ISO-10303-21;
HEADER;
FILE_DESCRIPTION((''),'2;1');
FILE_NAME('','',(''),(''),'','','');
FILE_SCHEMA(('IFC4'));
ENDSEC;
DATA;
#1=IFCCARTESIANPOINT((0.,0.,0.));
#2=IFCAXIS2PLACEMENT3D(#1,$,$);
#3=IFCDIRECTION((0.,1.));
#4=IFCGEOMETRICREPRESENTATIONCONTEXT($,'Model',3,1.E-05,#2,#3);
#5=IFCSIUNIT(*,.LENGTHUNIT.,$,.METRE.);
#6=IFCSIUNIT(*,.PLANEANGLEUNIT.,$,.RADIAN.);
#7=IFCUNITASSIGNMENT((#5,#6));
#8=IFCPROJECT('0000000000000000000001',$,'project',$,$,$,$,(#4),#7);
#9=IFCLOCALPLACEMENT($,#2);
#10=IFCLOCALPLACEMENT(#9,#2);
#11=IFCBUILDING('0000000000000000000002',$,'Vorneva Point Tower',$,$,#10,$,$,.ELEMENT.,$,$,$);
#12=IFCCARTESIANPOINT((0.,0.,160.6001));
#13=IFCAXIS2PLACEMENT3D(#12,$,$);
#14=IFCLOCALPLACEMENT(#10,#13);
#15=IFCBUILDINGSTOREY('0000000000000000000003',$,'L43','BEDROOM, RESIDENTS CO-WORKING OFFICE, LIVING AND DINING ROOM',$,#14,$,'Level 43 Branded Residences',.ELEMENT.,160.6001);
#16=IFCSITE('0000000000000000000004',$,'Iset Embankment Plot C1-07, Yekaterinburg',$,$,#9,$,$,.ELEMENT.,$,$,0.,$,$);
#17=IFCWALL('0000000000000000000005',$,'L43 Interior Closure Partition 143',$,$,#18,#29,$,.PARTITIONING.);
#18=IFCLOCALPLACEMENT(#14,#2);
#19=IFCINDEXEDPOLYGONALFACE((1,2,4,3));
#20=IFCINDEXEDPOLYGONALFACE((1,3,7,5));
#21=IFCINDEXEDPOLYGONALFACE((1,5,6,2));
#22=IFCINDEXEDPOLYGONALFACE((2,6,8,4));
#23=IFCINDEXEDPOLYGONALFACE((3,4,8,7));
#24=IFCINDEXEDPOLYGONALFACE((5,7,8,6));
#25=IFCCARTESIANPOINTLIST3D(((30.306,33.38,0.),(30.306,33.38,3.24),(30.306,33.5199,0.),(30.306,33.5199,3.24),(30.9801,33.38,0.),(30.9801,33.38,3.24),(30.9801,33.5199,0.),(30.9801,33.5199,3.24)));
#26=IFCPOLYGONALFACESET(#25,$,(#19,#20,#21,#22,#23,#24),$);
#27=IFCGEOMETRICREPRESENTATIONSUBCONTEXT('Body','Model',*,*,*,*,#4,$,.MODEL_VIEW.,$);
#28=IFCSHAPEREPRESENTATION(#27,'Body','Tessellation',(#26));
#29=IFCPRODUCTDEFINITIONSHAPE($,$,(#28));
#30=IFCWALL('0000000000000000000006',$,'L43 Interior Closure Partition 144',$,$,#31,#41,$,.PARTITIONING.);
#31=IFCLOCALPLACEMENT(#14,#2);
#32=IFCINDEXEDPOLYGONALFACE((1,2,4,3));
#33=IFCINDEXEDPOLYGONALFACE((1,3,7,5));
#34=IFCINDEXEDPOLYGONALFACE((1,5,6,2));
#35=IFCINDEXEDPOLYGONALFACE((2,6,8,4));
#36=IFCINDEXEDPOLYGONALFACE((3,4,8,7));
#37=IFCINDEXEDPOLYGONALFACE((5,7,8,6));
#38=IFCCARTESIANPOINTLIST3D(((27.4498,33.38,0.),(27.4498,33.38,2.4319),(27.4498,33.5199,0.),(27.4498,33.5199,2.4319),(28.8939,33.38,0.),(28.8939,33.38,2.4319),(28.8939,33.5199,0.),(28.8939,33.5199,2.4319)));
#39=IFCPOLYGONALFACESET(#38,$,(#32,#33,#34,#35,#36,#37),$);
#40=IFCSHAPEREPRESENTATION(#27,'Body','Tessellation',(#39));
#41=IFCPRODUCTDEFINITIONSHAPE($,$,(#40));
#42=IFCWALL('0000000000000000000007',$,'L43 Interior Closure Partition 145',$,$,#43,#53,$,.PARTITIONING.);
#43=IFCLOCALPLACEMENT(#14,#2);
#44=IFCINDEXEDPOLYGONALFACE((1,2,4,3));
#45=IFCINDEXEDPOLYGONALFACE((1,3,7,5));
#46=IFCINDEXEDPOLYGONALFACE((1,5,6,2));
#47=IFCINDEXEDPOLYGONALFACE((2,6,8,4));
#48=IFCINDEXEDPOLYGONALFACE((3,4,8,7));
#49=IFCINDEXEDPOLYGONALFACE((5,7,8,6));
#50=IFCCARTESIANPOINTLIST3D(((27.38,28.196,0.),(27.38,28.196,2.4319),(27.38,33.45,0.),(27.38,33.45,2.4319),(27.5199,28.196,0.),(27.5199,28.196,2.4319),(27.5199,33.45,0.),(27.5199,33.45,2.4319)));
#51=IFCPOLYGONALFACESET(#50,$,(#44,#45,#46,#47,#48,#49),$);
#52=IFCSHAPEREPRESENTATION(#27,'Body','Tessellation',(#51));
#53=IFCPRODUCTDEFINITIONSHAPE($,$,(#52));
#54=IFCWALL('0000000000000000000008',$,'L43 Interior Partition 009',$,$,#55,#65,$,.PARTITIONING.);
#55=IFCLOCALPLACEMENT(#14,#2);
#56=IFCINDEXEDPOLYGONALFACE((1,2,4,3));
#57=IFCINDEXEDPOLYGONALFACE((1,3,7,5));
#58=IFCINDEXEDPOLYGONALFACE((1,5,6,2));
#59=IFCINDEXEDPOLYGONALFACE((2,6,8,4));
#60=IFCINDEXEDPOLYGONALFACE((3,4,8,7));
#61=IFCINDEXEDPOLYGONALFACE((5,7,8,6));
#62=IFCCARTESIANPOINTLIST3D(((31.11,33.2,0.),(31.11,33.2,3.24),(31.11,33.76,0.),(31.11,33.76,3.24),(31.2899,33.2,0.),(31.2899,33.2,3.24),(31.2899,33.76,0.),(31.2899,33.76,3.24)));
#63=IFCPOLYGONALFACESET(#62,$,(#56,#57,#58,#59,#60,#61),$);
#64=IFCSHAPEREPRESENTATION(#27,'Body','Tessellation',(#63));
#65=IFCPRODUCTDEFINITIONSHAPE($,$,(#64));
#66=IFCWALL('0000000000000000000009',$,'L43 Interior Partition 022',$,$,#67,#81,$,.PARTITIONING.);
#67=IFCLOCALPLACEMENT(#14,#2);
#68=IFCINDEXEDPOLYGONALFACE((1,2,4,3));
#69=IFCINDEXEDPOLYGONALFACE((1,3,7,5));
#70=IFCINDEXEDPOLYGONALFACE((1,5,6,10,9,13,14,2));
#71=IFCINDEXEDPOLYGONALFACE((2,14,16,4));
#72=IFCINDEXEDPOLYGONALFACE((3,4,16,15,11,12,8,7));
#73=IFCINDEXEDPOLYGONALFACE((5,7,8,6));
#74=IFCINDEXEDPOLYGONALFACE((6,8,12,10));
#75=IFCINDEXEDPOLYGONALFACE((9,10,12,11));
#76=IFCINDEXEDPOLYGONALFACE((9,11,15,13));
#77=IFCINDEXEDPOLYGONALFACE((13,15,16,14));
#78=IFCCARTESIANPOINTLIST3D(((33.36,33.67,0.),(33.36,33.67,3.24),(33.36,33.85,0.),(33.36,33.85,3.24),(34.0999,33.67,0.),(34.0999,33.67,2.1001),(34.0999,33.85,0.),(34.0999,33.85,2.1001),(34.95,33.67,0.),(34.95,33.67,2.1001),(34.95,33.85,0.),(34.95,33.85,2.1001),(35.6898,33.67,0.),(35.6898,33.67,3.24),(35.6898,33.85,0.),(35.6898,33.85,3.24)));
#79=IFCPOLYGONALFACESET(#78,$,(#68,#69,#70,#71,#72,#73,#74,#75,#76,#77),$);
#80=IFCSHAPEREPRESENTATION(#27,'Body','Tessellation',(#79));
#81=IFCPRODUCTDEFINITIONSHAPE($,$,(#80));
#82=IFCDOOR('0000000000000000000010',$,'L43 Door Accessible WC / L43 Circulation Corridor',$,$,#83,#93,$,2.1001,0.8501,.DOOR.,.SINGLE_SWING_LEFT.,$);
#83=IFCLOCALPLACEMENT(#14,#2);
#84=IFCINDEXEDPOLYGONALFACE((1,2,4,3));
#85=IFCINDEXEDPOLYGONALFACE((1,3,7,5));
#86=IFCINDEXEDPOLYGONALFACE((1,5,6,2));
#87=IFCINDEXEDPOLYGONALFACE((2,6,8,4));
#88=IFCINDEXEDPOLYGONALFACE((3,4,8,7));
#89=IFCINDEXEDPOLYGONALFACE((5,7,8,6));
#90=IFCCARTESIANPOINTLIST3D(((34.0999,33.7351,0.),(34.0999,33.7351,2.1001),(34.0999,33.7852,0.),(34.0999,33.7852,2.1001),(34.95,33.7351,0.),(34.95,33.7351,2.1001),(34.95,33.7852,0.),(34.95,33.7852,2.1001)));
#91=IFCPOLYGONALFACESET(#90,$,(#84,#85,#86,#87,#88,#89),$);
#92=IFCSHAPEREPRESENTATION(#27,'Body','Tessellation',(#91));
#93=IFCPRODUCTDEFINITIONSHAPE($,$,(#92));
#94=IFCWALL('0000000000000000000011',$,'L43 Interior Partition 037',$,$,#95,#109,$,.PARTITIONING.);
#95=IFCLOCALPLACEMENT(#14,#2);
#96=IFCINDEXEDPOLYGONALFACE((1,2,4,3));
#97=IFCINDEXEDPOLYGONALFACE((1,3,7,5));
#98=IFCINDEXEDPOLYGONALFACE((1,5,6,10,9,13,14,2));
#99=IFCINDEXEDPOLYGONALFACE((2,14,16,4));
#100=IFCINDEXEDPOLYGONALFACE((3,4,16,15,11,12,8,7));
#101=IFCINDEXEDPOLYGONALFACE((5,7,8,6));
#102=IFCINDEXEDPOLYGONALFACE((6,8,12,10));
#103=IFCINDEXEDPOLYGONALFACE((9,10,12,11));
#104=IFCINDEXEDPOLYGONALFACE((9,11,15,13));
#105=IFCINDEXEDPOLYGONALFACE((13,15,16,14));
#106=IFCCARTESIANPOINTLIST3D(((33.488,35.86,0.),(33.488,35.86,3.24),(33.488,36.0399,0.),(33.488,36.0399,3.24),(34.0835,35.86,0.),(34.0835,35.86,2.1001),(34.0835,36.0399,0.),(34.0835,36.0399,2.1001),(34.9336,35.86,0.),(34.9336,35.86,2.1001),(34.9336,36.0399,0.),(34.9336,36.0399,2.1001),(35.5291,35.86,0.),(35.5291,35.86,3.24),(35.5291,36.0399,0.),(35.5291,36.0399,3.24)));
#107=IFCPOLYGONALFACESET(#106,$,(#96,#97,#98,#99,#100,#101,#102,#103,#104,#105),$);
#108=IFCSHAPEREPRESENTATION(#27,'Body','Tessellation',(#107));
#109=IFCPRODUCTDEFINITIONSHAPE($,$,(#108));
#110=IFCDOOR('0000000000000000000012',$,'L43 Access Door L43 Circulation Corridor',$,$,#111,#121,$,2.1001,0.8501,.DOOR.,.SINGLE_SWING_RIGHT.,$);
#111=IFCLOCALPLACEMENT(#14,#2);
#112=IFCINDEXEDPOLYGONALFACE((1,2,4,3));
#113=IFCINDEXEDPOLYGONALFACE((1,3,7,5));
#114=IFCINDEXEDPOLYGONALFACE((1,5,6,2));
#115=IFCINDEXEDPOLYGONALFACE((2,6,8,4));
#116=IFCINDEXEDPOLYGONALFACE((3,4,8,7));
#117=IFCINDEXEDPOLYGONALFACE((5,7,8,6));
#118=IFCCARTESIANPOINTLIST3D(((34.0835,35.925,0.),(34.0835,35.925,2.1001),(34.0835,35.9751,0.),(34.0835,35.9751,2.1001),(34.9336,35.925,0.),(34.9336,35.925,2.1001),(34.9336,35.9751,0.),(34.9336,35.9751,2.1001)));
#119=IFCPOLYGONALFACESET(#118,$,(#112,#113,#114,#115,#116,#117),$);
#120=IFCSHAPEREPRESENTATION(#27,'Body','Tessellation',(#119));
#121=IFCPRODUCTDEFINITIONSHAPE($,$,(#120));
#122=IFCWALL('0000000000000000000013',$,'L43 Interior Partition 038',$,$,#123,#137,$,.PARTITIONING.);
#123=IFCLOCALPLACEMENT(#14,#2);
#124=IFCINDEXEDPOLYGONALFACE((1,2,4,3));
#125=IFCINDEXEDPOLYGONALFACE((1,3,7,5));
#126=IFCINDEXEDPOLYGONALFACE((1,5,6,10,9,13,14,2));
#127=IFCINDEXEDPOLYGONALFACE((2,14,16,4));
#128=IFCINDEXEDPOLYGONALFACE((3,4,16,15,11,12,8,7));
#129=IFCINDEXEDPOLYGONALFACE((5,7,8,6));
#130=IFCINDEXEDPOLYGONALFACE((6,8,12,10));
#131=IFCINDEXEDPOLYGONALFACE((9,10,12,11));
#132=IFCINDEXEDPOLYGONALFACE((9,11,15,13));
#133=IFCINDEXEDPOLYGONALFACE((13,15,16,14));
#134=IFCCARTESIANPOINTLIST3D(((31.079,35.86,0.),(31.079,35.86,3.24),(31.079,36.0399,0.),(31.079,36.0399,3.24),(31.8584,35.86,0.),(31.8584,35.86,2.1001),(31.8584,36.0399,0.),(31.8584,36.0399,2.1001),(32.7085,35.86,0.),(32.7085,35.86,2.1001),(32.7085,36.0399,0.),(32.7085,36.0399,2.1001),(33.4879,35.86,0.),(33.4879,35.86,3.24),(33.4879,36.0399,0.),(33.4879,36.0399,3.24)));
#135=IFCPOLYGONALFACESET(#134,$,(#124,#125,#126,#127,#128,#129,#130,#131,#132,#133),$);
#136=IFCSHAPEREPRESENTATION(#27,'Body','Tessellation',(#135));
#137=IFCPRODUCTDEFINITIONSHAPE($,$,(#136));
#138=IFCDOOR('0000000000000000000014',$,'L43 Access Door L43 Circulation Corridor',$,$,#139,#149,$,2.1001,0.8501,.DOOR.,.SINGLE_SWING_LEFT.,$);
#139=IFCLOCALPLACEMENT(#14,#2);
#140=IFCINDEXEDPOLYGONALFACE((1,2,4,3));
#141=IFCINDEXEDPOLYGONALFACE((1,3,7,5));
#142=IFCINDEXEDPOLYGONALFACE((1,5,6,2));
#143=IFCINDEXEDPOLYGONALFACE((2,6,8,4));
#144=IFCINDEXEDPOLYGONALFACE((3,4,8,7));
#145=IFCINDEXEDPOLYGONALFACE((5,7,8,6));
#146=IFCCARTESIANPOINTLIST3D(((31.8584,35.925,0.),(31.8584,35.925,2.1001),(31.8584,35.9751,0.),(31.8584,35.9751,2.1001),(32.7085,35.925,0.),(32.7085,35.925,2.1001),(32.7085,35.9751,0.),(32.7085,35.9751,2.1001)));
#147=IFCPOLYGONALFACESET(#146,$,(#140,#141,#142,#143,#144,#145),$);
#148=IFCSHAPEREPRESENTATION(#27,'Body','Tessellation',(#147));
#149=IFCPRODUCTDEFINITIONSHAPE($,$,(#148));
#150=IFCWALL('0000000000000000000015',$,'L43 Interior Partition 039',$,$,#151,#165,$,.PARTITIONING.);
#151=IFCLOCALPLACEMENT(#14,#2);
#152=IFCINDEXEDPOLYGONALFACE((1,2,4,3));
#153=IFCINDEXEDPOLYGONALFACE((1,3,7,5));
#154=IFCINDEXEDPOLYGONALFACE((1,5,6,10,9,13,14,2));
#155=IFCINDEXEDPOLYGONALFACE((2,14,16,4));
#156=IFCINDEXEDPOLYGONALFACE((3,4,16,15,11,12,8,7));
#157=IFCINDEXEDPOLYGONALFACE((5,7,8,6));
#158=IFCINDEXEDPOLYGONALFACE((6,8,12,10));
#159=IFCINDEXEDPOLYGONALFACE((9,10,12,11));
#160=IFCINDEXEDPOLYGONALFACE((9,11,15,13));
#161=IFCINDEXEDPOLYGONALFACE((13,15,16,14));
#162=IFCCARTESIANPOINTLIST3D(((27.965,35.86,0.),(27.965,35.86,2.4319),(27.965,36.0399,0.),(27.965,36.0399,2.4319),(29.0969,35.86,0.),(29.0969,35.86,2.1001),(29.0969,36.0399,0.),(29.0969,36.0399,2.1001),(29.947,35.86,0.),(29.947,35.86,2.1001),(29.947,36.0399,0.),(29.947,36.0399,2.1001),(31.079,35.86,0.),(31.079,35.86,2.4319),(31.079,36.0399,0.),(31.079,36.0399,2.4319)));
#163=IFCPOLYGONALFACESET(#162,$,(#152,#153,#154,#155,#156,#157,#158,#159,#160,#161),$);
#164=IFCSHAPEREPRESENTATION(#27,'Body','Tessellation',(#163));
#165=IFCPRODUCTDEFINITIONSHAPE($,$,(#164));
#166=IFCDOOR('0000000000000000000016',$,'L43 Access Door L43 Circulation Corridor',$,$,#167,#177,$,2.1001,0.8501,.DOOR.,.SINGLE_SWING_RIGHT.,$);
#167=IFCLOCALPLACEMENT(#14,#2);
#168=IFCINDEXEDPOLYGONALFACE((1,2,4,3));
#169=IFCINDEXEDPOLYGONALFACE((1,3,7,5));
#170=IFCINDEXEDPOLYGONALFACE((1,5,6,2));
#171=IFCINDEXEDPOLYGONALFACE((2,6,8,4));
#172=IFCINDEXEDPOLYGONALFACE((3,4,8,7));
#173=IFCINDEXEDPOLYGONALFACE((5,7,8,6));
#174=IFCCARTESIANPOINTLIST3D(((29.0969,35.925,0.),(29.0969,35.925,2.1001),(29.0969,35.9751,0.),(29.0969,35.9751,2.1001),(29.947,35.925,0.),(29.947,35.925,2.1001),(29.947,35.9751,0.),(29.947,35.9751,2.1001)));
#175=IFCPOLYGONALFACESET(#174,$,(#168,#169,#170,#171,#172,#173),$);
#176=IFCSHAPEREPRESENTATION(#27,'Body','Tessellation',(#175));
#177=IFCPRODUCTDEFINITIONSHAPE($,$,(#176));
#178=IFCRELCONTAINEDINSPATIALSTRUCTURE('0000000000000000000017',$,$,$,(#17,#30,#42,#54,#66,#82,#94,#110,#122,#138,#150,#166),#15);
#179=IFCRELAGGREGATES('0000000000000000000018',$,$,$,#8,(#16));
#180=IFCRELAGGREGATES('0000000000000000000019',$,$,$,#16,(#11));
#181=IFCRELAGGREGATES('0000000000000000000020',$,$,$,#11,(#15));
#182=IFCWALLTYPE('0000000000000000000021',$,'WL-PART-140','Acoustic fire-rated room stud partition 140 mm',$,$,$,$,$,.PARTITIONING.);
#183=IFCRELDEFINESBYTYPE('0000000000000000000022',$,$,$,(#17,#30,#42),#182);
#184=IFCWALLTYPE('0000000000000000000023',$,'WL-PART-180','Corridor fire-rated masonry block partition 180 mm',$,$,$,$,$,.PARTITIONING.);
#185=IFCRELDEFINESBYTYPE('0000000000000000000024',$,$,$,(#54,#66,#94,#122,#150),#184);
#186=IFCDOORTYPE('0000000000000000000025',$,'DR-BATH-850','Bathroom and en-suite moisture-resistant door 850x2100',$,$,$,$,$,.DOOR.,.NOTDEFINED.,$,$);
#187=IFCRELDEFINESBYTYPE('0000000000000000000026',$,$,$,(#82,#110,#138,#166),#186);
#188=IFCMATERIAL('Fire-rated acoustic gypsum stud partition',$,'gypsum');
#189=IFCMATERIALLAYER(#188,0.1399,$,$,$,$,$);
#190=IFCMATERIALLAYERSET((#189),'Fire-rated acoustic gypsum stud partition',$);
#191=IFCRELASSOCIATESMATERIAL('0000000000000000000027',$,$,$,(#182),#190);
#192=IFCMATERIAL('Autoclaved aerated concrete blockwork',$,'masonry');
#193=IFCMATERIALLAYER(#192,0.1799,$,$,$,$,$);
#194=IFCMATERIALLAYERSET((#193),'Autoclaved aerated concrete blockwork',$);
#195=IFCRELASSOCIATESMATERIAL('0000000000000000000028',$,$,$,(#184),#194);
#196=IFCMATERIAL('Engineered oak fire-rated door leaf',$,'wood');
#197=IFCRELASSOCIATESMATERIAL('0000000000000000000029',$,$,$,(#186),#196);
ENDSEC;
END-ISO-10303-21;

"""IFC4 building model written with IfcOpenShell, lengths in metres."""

from ifc_helpers import new_model, si_unit, direction, frame, frame_2d, origin, place, context, subcontext, project, spatial, rectangle, extrude, material, layer, layer_set, type_object, element, fill, save


model = new_model("IFC4")

# Units and contexts
model_context = context("Model", 3, precision=1e-05, world=origin(), true_north=direction((0.0, 1.0)))
body_context = subcontext(model_context, "Body", "Model", "MODEL_VIEW")
ifc_project = project(units=[si_unit("LENGTHUNIT", "METRE"), si_unit("PLANEANGLEUNIT", "RADIAN")], contexts=[model_context])

# Site, building, storey
site_placement = place(None, origin())
site = spatial("IfcSite", under=ifc_project, at=site_placement, Name="Iset Embankment Plot C1-07, Yekaterinburg", CompositionType="ELEMENT", RefElevation=0.0)
building_placement = place(site_placement, origin())
building = spatial("IfcBuilding", under=site, at=building_placement, Name="Vorneva Point Tower", CompositionType="ELEMENT")
storey_placement = place(building_placement, frame((0.0, 0.0, 160.6001)))
storey = spatial("IfcBuildingStorey", under=building, at=storey_placement, Name="L43", Description="BEDROOM, RESIDENTS CO-WORKING OFFICE, LIVING AND DINING ROOM", LongName="Level 43 Branded Residences", CompositionType="ELEMENT", Elevation=160.6001)

# Walls
ifc_material_1 = material(Name="Fire-rated acoustic gypsum stud partition", Category="gypsum")
ifc_layer_1 = layer(ifc_material_1, 0.1399)
ifc_layer_set_1 = layer_set([ifc_layer_1], Name="Fire-rated acoustic gypsum stud partition")
wall_type_1 = type_object("IfcWallType", Name="WL-PART-140", Description="Acoustic fire-rated room stud partition 140 mm", PredefinedType="PARTITIONING", material=ifc_layer_set_1)
wall_1_placement = place(storey_placement, frame((30.98, 33.45, 0.0), z_axis=(0.0, 0.0, 1.0), x_axis=(-1.0, 0.0, 0.0)))
element("IfcWall", 1, at=wall_1_placement, inside=storey, type_object=wall_type_1, Name="L43 Interior Closure Partition 143", PredefinedType="PARTITIONING", context=body_context, shape_type="SweptSolid", body=[
    extrude(rectangle(XDim=0.6741, YDim=0.1399, at=frame_2d((0.3369, 0.0))), origin(), (0.0, 0.0, 1.0), 3.24),
])
wall_2_placement = place(storey_placement, frame((28.894, 33.45, 0.0), z_axis=(0.0, 0.0, 1.0), x_axis=(-1.0, 0.0, 0.0)))
element("IfcWall", 2, at=wall_2_placement, inside=storey, type_object=wall_type_1, Name="L43 Interior Closure Partition 144", PredefinedType="PARTITIONING", context=body_context, shape_type="SweptSolid", body=[
    extrude(rectangle(XDim=1.4441, YDim=0.1399, at=frame_2d((0.7222, 0.0))), origin(), (0.0, 0.0, 1.0), 2.4319),
])
wall_3_placement = place(storey_placement, frame((27.45, 33.45, 0.0), z_axis=(0.0, 0.0, 1.0), x_axis=(0.0, -1.0, 0.0)))
element("IfcWall", 3, at=wall_3_placement, inside=storey, type_object=wall_type_1, Name="L43 Interior Closure Partition 145", PredefinedType="PARTITIONING", context=body_context, shape_type="SweptSolid", body=[
    extrude(rectangle(XDim=5.2539, YDim=0.1399, at=frame_2d((2.627, 0.0))), origin(), (0.0, 0.0, 1.0), 2.4319),
])

# Shared definitions
ifc_material_2 = material(Name="Autoclaved aerated concrete blockwork", Category="masonry")
ifc_layer_2 = layer(ifc_material_2, 0.1799)
ifc_layer_set_2 = layer_set([ifc_layer_2], Name="Autoclaved aerated concrete blockwork")
wall_type_2 = type_object("IfcWallType", Name="WL-PART-180", Description="Corridor fire-rated masonry block partition 180 mm", PredefinedType="PARTITIONING", material=ifc_layer_set_2)

# Wall
wall_4_placement = place(storey_placement, frame((31.2, 33.76, 0.0), z_axis=(0.0, 0.0, 1.0), x_axis=(0.0, -1.0, 0.0)))
element("IfcWall", 4, at=wall_4_placement, inside=storey, type_object=wall_type_2, Name="L43 Interior Partition 009", PredefinedType="PARTITIONING", context=body_context, shape_type="SweptSolid", body=[
    extrude(rectangle(XDim=0.5601, YDim=0.1799, at=frame_2d((0.28, 0.0))), origin(), (0.0, 0.0, 1.0), 3.24),
])

# Walls, openings, doors
wall_5_placement = place(storey_placement, frame((35.6899, 33.76, 0.0), z_axis=(0.0, 0.0, 1.0), x_axis=(-1.0, 0.0, 0.0)))
wall_5 = element("IfcWall", 5, at=wall_5_placement, inside=storey, type_object=wall_type_2, Name="L43 Interior Partition 022", PredefinedType="PARTITIONING", context=body_context, shape_type="SweptSolid", body=[
    extrude(rectangle(XDim=2.3298, YDim=0.1799, at=frame_2d((1.165, 0.0))), origin(), (0.0, 0.0, 1.0), 3.24),
])
opening_1_placement = place(wall_5_placement, frame((0.74, 0.0, 0.0)))
opening_1 = element("IfcOpeningElement", 6, at=opening_1_placement, cuts=wall_5, PredefinedType="OPENING", context=body_context, shape_type="SweptSolid", body=[
    extrude(rectangle(XDim=0.8501, YDim=2.1001, at=frame_2d((0.425, 1.05))), frame((0.0, 0.105, 0.0), z_axis=(0.0, -1.0, 0.0), x_axis=(1.0, 0.0, 0.0)), (0.0, 0.0, 1.0), 0.2097),
])
ifc_material_3 = material(Name="Engineered oak fire-rated door leaf", Category="wood")
door_type_1 = type_object("IfcDoorType", Name="DR-BATH-850", Description="Bathroom and en-suite moisture-resistant door 850x2100", OperationType="NOTDEFINED", PredefinedType="DOOR", material=ifc_material_3)
door_1_placement = place(opening_1_placement, origin())
door_1 = element("IfcDoor", 7, at=door_1_placement, inside=storey, type_object=door_type_1, Name="L43 Door Accessible WC / L43 Circulation Corridor", OperationType="SINGLE_SWING_LEFT", OverallHeight=2.1001, OverallWidth=0.8501, PredefinedType="DOOR", context=body_context, shape_type="SweptSolid", body=[
    extrude(rectangle(XDim=0.8501, YDim=2.1001, at=frame_2d((0.425, 1.05))), frame((0.0, 0.0249, 0.0), z_axis=(0.0, -1.0, 0.0), x_axis=(1.0, 0.0, 0.0)), (0.0, 0.0, 1.0), 0.05),
])
fill(opening_1, door_1)
wall_6_placement = place(storey_placement, frame((35.5291, 35.95, 0.0), z_axis=(0.0, 0.0, 1.0), x_axis=(-1.0, 0.0, 0.0)))
wall_6 = element("IfcWall", 8, at=wall_6_placement, inside=storey, type_object=wall_type_2, Name="L43 Interior Partition 037", PredefinedType="PARTITIONING", context=body_context, shape_type="SweptSolid", body=[
    extrude(rectangle(XDim=2.041, YDim=0.1799, at=frame_2d((1.0205, 0.0))), origin(), (0.0, 0.0, 1.0), 3.24),
])
opening_2_placement = place(wall_6_placement, frame((0.5955, 0.0, 0.0)))
opening_2 = element("IfcOpeningElement", 9, at=opening_2_placement, cuts=wall_6, PredefinedType="OPENING", context=body_context, shape_type="SweptSolid", body=[
    extrude(rectangle(XDim=0.8501, YDim=2.1001, at=frame_2d((0.425, 1.05))), frame((0.0, 0.105, 0.0), z_axis=(0.0, -1.0, 0.0), x_axis=(1.0, 0.0, 0.0)), (0.0, 0.0, 1.0), 0.2097),
])
door_2_placement = place(opening_2_placement, origin())
door_2 = element("IfcDoor", 10, at=door_2_placement, inside=storey, type_object=door_type_1, Name="L43 Access Door L43 Circulation Corridor", OperationType="SINGLE_SWING_RIGHT", OverallHeight=2.1001, OverallWidth=0.8501, PredefinedType="DOOR", context=body_context, shape_type="SweptSolid", body=[
    extrude(rectangle(XDim=0.8501, YDim=2.1001, at=frame_2d((0.425, 1.05))), frame((0.0, 0.0249, 0.0), z_axis=(0.0, -1.0, 0.0), x_axis=(1.0, 0.0, 0.0)), (0.0, 0.0, 1.0), 0.05),
])
fill(opening_2, door_2)
wall_7_placement = place(storey_placement, frame((33.488, 35.95, 0.0), z_axis=(0.0, 0.0, 1.0), x_axis=(-1.0, 0.0, 0.0)))
wall_7 = element("IfcWall", 11, at=wall_7_placement, inside=storey, type_object=wall_type_2, Name="L43 Interior Partition 038", PredefinedType="PARTITIONING", context=body_context, shape_type="SweptSolid", body=[
    extrude(rectangle(XDim=2.4089, YDim=0.1799, at=frame_2d((1.2046, 0.0))), origin(), (0.0, 0.0, 1.0), 3.24),
])
opening_3_placement = place(wall_7_placement, frame((0.7795, 0.0, 0.0)))
opening_3 = element("IfcOpeningElement", 12, at=opening_3_placement, cuts=wall_7, PredefinedType="OPENING", context=body_context, shape_type="SweptSolid", body=[
    extrude(rectangle(XDim=0.8501, YDim=2.1001, at=frame_2d((0.425, 1.05))), frame((0.0, 0.105, 0.0), z_axis=(0.0, -1.0, 0.0), x_axis=(1.0, 0.0, 0.0)), (0.0, 0.0, 1.0), 0.2097),
])
door_3_placement = place(opening_3_placement, origin())
door_3 = element("IfcDoor", 13, at=door_3_placement, inside=storey, type_object=door_type_1, Name="L43 Access Door L43 Circulation Corridor", OperationType="SINGLE_SWING_LEFT", OverallHeight=2.1001, OverallWidth=0.8501, PredefinedType="DOOR", context=body_context, shape_type="SweptSolid", body=[
    extrude(rectangle(XDim=0.8501, YDim=2.1001, at=frame_2d((0.425, 1.05))), frame((0.0, 0.0249, 0.0), z_axis=(0.0, -1.0, 0.0), x_axis=(1.0, 0.0, 0.0)), (0.0, 0.0, 1.0), 0.05),
])
fill(opening_3, door_3)
wall_8_placement = place(storey_placement, frame((31.0791, 35.95, 0.0), z_axis=(0.0, 0.0, 1.0), x_axis=(-1.0, 0.0, 0.0)))
wall_8 = element("IfcWall", 14, at=wall_8_placement, inside=storey, type_object=wall_type_2, Name="L43 Interior Partition 039", PredefinedType="PARTITIONING", context=body_context, shape_type="SweptSolid", body=[
    extrude(rectangle(XDim=3.114, YDim=0.1799, at=frame_2d((1.5571, 0.0))), origin(), (0.0, 0.0, 1.0), 2.4319),
])
opening_4_placement = place(wall_8_placement, frame((1.1321, 0.0, 0.0)))
opening_4 = element("IfcOpeningElement", 15, at=opening_4_placement, cuts=wall_8, PredefinedType="OPENING", context=body_context, shape_type="SweptSolid", body=[
    extrude(rectangle(XDim=0.8501, YDim=2.1001, at=frame_2d((0.425, 1.05))), frame((0.0, 0.105, 0.0), z_axis=(0.0, -1.0, 0.0), x_axis=(1.0, 0.0, 0.0)), (0.0, 0.0, 1.0), 0.2097),
])
door_4_placement = place(opening_4_placement, origin())
door_4 = element("IfcDoor", 16, at=door_4_placement, inside=storey, type_object=door_type_1, Name="L43 Access Door L43 Circulation Corridor", OperationType="SINGLE_SWING_RIGHT", OverallHeight=2.1001, OverallWidth=0.8501, PredefinedType="DOOR", context=body_context, shape_type="SweptSolid", body=[
    extrude(rectangle(XDim=0.8501, YDim=2.1001, at=frame_2d((0.425, 1.05))), frame((0.0, 0.0249, 0.0), z_axis=(0.0, -1.0, 0.0), x_axis=(1.0, 0.0, 0.0)), (0.0, 0.0, 1.0), 0.05),
])
fill(opening_4, door_4)

save(model, "model.ifc")
